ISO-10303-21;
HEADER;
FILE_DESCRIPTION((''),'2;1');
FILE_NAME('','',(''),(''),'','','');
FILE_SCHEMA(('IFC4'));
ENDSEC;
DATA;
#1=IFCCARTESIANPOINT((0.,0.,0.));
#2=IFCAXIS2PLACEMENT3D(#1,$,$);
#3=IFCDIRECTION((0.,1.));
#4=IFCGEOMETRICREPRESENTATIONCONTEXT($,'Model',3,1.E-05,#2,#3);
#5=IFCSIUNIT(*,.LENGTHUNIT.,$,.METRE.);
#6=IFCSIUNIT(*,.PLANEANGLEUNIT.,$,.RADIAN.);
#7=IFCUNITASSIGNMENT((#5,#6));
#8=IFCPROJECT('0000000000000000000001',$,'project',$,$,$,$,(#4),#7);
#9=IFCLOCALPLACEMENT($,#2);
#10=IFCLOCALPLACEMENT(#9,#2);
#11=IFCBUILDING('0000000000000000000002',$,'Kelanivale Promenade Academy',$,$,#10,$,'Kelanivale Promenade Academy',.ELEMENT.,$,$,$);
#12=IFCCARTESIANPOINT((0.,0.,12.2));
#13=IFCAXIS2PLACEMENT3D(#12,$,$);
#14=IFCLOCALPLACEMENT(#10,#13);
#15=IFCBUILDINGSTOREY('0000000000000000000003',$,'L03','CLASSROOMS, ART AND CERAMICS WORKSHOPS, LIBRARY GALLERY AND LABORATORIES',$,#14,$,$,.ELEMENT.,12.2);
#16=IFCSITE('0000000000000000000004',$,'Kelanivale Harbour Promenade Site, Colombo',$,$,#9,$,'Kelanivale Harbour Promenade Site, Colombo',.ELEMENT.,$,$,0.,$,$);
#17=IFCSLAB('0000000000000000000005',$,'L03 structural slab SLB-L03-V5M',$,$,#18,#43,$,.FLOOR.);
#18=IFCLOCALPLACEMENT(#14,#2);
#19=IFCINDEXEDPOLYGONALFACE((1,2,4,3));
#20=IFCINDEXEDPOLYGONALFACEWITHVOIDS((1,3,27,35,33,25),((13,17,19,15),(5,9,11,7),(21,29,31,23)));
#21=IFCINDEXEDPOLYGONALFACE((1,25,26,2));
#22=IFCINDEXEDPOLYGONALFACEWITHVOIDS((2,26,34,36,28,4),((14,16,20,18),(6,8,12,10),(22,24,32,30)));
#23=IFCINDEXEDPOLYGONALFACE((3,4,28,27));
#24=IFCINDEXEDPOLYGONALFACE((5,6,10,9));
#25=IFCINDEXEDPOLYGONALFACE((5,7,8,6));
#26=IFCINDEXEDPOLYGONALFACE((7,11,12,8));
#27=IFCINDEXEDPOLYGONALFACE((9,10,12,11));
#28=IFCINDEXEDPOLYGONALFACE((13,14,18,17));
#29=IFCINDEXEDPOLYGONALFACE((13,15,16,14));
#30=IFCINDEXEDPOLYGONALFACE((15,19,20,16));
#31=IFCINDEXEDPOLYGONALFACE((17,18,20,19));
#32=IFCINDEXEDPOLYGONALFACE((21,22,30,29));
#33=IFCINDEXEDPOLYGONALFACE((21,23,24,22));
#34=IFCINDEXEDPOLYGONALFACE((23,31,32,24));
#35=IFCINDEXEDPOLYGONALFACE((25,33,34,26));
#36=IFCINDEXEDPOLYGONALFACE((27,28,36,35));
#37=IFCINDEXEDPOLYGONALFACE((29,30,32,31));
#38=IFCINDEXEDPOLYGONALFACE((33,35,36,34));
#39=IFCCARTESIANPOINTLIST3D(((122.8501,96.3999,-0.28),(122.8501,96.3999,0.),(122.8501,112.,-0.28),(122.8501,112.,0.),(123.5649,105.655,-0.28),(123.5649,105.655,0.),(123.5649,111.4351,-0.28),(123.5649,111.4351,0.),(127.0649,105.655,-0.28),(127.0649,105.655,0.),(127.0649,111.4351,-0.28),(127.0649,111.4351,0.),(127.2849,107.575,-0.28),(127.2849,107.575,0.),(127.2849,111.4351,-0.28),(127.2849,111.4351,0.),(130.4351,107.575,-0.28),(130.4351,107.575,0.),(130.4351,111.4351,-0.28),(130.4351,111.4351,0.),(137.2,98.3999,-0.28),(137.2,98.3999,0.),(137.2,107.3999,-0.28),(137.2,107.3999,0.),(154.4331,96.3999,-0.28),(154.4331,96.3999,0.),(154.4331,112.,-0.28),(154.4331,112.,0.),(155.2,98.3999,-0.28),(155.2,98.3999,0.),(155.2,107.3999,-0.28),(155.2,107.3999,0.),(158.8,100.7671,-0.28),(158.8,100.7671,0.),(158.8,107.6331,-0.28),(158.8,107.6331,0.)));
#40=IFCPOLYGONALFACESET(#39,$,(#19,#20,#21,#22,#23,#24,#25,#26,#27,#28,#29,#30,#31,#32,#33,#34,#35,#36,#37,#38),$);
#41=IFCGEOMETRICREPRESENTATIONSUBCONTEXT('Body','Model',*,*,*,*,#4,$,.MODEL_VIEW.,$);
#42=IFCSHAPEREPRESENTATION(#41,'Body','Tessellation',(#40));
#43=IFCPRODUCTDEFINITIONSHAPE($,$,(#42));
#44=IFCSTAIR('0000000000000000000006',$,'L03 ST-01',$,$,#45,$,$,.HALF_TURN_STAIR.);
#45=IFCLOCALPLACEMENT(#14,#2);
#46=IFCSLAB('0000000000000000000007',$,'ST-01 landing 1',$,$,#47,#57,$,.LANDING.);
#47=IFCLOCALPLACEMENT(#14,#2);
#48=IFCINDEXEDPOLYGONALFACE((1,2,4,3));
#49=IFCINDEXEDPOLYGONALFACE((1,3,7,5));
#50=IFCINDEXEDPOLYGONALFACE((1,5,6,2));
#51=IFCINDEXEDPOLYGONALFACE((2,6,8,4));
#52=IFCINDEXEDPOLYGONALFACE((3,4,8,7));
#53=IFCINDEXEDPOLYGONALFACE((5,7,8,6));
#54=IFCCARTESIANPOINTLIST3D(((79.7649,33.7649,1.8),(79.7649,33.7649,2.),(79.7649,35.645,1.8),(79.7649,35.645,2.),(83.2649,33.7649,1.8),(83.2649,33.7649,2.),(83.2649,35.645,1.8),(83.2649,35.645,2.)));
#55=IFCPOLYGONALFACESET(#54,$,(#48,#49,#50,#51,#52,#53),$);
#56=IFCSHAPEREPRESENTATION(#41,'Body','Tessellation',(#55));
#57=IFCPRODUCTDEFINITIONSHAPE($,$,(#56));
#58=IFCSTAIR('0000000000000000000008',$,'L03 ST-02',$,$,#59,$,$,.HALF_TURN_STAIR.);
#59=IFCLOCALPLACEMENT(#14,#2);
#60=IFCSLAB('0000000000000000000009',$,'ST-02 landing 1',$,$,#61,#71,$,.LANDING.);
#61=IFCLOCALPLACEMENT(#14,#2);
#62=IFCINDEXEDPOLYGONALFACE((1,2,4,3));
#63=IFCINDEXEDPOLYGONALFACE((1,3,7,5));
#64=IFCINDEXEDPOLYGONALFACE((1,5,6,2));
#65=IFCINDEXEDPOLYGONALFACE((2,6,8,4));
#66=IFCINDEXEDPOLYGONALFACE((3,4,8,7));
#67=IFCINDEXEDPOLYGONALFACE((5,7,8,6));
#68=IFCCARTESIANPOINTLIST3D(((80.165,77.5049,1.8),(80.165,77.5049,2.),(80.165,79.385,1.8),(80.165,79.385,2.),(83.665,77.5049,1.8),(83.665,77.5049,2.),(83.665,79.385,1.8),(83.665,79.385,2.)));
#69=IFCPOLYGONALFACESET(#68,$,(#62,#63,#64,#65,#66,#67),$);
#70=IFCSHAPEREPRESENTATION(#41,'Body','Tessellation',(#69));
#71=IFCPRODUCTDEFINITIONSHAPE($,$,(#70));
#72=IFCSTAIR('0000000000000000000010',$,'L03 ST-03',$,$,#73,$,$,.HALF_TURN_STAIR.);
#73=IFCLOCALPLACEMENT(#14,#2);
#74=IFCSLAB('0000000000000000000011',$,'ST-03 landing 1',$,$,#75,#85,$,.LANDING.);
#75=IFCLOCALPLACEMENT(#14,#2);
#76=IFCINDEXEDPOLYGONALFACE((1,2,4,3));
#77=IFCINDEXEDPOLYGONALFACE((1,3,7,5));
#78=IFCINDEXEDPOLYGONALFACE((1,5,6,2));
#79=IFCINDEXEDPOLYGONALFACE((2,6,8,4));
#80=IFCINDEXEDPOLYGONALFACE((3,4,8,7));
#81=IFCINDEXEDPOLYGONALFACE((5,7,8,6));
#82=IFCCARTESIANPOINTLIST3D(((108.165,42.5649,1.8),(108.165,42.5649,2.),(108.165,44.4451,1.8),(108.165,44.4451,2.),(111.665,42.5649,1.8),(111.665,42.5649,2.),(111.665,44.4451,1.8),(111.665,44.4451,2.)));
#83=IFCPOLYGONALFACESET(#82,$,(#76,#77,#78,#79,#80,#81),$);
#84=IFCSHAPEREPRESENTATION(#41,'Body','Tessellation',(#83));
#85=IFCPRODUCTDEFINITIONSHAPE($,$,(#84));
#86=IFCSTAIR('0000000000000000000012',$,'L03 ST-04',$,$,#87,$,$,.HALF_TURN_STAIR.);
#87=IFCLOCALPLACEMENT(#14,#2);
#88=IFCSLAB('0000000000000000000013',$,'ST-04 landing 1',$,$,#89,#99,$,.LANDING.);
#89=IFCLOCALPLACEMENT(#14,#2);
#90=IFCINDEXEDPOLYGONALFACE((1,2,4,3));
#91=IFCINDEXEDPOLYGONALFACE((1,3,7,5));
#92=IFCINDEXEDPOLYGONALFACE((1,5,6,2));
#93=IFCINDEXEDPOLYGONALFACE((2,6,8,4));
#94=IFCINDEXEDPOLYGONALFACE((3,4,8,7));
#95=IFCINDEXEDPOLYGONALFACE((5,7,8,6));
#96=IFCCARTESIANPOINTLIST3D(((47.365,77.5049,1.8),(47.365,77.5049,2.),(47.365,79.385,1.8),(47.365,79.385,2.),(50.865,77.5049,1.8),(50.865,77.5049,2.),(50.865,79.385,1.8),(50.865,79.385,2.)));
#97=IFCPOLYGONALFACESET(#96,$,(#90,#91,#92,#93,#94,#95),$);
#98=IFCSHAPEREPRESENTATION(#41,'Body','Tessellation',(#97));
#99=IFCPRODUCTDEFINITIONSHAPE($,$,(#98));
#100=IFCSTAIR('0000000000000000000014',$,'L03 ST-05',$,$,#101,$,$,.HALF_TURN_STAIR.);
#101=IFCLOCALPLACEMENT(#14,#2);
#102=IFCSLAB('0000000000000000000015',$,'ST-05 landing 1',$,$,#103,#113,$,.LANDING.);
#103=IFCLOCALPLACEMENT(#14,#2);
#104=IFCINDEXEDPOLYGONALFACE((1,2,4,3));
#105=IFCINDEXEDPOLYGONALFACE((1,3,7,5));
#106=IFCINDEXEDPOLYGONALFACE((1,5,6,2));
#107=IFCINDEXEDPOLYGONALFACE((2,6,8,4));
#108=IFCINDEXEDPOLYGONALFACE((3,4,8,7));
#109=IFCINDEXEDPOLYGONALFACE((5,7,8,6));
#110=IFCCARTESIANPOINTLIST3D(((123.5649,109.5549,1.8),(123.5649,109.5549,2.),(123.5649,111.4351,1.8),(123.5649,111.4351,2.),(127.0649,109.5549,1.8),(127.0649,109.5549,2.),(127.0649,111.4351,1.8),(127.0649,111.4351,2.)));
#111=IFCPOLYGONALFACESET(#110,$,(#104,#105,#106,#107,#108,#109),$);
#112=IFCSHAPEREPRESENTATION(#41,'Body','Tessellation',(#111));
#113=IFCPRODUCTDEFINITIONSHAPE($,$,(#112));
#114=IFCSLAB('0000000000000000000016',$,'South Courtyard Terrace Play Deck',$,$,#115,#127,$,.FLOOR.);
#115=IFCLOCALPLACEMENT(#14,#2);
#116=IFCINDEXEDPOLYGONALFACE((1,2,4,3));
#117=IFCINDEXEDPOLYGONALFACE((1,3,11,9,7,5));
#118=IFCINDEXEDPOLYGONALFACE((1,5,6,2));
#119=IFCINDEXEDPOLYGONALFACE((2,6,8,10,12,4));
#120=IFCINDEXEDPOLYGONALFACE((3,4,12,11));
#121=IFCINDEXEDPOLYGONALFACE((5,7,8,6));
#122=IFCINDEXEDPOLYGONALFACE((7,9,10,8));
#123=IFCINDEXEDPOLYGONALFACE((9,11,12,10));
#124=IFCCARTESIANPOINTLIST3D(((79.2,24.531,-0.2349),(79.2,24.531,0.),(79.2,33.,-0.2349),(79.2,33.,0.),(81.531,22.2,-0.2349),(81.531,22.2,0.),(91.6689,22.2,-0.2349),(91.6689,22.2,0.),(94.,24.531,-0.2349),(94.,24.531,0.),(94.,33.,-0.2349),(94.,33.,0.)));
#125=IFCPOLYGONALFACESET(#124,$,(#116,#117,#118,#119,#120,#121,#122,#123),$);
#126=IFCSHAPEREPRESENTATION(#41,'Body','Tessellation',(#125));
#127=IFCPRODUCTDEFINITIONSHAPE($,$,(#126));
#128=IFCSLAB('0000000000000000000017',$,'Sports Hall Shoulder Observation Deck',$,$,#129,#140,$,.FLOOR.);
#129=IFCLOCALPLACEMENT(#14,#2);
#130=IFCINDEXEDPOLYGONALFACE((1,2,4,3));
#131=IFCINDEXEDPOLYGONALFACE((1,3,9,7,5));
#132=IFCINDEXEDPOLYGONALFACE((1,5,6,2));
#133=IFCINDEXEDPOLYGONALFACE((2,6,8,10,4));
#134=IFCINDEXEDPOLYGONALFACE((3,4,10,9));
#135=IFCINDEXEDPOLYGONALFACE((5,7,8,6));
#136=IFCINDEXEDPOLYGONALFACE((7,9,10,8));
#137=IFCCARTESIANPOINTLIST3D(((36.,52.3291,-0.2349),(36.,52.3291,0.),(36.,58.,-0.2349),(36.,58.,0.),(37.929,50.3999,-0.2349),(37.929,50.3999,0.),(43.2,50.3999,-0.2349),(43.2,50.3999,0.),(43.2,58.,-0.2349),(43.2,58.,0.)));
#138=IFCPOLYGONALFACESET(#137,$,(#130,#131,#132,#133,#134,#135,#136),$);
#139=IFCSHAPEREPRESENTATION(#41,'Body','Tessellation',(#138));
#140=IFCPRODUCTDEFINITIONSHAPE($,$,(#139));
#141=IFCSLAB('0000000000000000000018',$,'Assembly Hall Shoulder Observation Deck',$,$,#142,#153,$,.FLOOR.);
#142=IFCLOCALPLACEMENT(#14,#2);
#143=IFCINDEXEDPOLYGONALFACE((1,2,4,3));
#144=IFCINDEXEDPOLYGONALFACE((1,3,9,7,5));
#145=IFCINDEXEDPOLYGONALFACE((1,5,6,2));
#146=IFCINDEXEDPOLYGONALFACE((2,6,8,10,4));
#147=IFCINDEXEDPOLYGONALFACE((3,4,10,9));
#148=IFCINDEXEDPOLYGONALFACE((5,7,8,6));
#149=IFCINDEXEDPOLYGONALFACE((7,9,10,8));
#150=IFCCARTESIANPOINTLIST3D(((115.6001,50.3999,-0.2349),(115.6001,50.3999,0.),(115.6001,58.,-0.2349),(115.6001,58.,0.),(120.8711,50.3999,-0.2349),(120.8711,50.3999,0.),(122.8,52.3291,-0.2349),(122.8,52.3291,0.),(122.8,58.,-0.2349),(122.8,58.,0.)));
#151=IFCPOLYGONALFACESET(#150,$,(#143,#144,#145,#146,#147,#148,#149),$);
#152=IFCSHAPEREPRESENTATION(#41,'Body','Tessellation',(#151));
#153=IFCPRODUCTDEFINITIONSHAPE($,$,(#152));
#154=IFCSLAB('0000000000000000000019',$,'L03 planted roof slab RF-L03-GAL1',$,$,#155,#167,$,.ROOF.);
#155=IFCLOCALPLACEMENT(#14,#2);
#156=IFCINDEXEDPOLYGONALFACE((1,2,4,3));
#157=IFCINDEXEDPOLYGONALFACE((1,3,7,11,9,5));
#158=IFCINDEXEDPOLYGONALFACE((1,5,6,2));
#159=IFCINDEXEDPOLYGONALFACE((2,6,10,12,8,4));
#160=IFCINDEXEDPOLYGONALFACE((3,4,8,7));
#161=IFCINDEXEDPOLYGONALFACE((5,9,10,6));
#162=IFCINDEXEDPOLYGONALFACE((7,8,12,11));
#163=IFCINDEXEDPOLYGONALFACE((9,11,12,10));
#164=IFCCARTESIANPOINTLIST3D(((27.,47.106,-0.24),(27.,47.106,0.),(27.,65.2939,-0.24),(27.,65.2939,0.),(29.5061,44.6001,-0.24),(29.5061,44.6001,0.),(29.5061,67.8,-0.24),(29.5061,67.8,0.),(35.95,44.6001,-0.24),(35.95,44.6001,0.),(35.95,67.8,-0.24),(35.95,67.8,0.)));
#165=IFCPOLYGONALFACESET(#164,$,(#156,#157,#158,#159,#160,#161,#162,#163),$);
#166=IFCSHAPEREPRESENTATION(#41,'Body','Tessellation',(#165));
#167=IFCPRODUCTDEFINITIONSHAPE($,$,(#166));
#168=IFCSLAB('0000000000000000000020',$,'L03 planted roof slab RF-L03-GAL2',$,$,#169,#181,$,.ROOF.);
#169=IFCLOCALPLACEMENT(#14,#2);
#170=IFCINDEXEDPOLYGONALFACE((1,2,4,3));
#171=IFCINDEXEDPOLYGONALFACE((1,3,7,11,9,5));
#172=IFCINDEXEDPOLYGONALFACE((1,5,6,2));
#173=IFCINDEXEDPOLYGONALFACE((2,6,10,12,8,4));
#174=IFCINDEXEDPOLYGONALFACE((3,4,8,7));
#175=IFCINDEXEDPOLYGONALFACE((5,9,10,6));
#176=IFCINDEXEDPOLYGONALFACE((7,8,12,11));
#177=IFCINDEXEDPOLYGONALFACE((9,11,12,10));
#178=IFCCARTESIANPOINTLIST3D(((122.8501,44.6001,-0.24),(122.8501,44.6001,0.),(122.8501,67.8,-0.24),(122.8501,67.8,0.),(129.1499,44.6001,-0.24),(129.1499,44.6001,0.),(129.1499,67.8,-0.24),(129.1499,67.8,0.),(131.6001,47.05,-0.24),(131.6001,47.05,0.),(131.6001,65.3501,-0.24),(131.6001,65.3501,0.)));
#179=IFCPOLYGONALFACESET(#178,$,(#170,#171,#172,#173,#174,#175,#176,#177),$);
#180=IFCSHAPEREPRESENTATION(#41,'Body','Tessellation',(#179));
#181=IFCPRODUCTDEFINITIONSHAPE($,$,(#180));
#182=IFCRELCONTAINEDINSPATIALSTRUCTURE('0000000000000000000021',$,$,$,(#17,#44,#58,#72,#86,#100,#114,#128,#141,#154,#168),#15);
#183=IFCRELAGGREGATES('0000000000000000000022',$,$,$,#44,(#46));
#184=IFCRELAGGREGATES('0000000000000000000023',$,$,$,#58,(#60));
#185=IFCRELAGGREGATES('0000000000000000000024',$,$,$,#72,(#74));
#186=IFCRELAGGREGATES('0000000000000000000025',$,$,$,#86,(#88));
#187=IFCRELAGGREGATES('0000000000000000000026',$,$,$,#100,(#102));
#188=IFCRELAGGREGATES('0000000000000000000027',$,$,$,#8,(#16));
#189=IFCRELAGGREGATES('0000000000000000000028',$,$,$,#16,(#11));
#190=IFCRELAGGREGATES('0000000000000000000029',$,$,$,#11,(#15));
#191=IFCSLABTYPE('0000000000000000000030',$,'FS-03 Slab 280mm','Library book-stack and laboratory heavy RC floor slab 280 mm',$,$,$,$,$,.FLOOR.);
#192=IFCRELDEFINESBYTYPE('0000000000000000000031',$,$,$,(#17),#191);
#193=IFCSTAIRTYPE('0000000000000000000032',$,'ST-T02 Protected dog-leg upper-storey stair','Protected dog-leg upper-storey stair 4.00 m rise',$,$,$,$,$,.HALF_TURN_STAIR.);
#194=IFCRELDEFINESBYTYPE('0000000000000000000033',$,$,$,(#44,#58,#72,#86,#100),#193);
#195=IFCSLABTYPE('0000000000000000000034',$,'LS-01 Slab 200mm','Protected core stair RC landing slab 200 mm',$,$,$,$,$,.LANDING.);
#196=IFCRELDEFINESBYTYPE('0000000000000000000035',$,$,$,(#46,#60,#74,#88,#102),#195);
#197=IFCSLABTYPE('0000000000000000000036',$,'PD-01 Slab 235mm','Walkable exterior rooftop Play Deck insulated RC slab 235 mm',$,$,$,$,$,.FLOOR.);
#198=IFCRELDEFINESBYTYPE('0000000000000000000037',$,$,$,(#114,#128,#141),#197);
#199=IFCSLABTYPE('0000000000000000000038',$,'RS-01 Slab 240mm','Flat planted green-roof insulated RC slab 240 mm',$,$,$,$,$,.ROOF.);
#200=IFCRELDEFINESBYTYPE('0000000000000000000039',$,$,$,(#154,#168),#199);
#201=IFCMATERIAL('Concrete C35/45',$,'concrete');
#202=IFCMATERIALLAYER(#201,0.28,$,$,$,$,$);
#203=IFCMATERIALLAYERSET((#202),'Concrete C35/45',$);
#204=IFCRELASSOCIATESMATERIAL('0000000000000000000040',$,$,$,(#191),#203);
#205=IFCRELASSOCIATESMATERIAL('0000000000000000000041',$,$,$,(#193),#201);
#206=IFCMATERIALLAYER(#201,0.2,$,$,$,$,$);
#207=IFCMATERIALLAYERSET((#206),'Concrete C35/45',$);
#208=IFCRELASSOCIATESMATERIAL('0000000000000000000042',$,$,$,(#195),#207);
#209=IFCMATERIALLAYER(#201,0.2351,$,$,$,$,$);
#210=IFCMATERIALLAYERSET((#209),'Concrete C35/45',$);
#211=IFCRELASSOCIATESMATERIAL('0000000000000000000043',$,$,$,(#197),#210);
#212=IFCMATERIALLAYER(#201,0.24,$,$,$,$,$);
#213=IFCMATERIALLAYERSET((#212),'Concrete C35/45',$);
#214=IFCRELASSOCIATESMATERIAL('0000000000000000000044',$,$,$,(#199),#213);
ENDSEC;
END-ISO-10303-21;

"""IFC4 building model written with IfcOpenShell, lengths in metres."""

from ifc_helpers import new_model, si_unit, direction, frame, origin, place, context, subcontext, project, spatial, polyline, outline, extrude, material, layer, layer_set, type_object, element, aggregate, save


model = new_model("IFC4")

# Units and contexts
model_context = context("Model", 3, precision=1e-05, world=origin(), true_north=direction((0.0, 1.0)))
body_context = subcontext(model_context, "Body", "Model", "MODEL_VIEW")
ifc_project = project(units=[si_unit("LENGTHUNIT", "METRE"), si_unit("PLANEANGLEUNIT", "RADIAN")], contexts=[model_context])

# Site, building, storey
site_placement = place(None, origin())
site = spatial("IfcSite", under=ifc_project, at=site_placement, Name="Kelanivale Harbour Promenade Site, Colombo", LongName="Kelanivale Harbour Promenade Site, Colombo", CompositionType="ELEMENT", RefElevation=0.0)
building_placement = place(site_placement, origin())
building = spatial("IfcBuilding", under=site, at=building_placement, Name="Kelanivale Promenade Academy", LongName="Kelanivale Promenade Academy", CompositionType="ELEMENT")
storey_placement = place(building_placement, frame((0.0, 0.0, 12.2)))
storey = spatial("IfcBuildingStorey", under=building, at=storey_placement, Name="L03", Description="CLASSROOMS, ART AND CERAMICS WORKSHOPS, LIBRARY GALLERY AND LABORATORIES", CompositionType="ELEMENT", Elevation=12.2)

# Slab
ifc_material_1 = material(Name="Concrete C35/45", Category="concrete")
ifc_layer_1 = layer(ifc_material_1, 0.28)
ifc_layer_set_1 = layer_set([ifc_layer_1], Name="Concrete C35/45")
slab_type_1 = type_object("IfcSlabType", Name="FS-03 Slab 280mm", Description="Library book-stack and laboratory heavy RC floor slab 280 mm", PredefinedType="FLOOR", material=ifc_layer_set_1)
slab_1_placement = place(storey_placement, frame((0.0, 0.0, -0.28)))
element("IfcSlab", 1, at=slab_1_placement, inside=storey, type_object=slab_type_1, Name="L03 structural slab SLB-L03-V5M", PredefinedType="FLOOR", context=body_context, shape_type="SweptSolid", body=[
    extrude(outline(polyline([(154.4331, 96.3999), (158.8, 100.7671), (158.8, 107.6331), (154.4331, 112.0), (122.8501, 112.0), (122.8501, 96.3999), (154.4331, 96.3999)]), holes=[polyline([(155.2, 107.3999), (155.2, 98.3999), (137.2, 98.3999), (137.2, 107.3999), (155.2, 107.3999)]), polyline([(130.4351, 107.575), (127.2849, 107.575), (127.2849, 111.4351), (130.4351, 111.4351), (130.4351, 107.575)]), polyline([(123.5649, 105.655), (123.5649, 111.4351), (127.0649, 111.4351), (127.0649, 105.655), (123.5649, 105.655)])]), origin(), (0.0, 0.0, 1.0), 0.28),
])

# Stairs, slabs
stair_type = type_object("IfcStairType", Name="ST-T02 Protected dog-leg upper-storey stair", Description="Protected dog-leg upper-storey stair 4.00 m rise", PredefinedType="HALF_TURN_STAIR", material=ifc_material_1)
stair_1_placement = place(storey_placement, origin())
stair_1 = element("IfcStair", 2, at=stair_1_placement, inside=storey, type_object=stair_type, Name="L03 ST-01", PredefinedType="HALF_TURN_STAIR")
ifc_layer_2 = layer(ifc_material_1, 0.2)
ifc_layer_set_2 = layer_set([ifc_layer_2], Name="Concrete C35/45")
slab_type_2 = type_object("IfcSlabType", Name="LS-01 Slab 200mm", Description="Protected core stair RC landing slab 200 mm", PredefinedType="LANDING", material=ifc_layer_set_2)
slab_2_placement = place(storey_placement, frame((0.0, 0.0, 1.8)))
slab_2 = element("IfcSlab", 3, at=slab_2_placement, type_object=slab_type_2, Name="ST-01 landing 1", PredefinedType="LANDING", context=body_context, shape_type="SweptSolid", body=[
    extrude(outline(polyline([(79.7649, 35.645), (79.7649, 33.7649), (83.2649, 33.7649), (83.2649, 35.645), (79.7649, 35.645)])), origin(), (0.0, 0.0, 1.0), 0.2),
])
aggregate(stair_1, [slab_2])
stair_2_placement = place(storey_placement, origin())
stair_2 = element("IfcStair", 4, at=stair_2_placement, inside=storey, type_object=stair_type, Name="L03 ST-02", PredefinedType="HALF_TURN_STAIR")
slab_3_placement = place(storey_placement, frame((0.0, 0.0, 1.8)))
slab_3 = element("IfcSlab", 5, at=slab_3_placement, type_object=slab_type_2, Name="ST-02 landing 1", PredefinedType="LANDING", context=body_context, shape_type="SweptSolid", body=[
    extrude(outline(polyline([(83.665, 77.5049), (83.665, 79.385), (80.165, 79.385), (80.165, 77.5049), (83.665, 77.5049)])), origin(), (0.0, 0.0, 1.0), 0.2),
])
aggregate(stair_2, [slab_3])
stair_3_placement = place(storey_placement, origin())
stair_3 = element("IfcStair", 6, at=stair_3_placement, inside=storey, type_object=stair_type, Name="L03 ST-03", PredefinedType="HALF_TURN_STAIR")
slab_4_placement = place(storey_placement, frame((0.0, 0.0, 1.8)))
slab_4 = element("IfcSlab", 7, at=slab_4_placement, type_object=slab_type_2, Name="ST-03 landing 1", PredefinedType="LANDING", context=body_context, shape_type="SweptSolid", body=[
    extrude(outline(polyline([(108.165, 44.4451), (108.165, 42.5649), (111.665, 42.5649), (111.665, 44.4451), (108.165, 44.4451)])), origin(), (0.0, 0.0, 1.0), 0.2),
])
aggregate(stair_3, [slab_4])
stair_4_placement = place(storey_placement, origin())
stair_4 = element("IfcStair", 8, at=stair_4_placement, inside=storey, type_object=stair_type, Name="L03 ST-04", PredefinedType="HALF_TURN_STAIR")
slab_5_placement = place(storey_placement, frame((0.0, 0.0, 1.8)))
slab_5 = element("IfcSlab", 9, at=slab_5_placement, type_object=slab_type_2, Name="ST-04 landing 1", PredefinedType="LANDING", context=body_context, shape_type="SweptSolid", body=[
    extrude(outline(polyline([(50.865, 77.5049), (50.865, 79.385), (47.365, 79.385), (47.365, 77.5049), (50.865, 77.5049)])), origin(), (0.0, 0.0, 1.0), 0.2),
])
aggregate(stair_4, [slab_5])
stair_5_placement = place(storey_placement, origin())
stair_5 = element("IfcStair", 10, at=stair_5_placement, inside=storey, type_object=stair_type, Name="L03 ST-05", PredefinedType="HALF_TURN_STAIR")
slab_6_placement = place(storey_placement, frame((0.0, 0.0, 1.8)))
slab_6 = element("IfcSlab", 11, at=slab_6_placement, type_object=slab_type_2, Name="ST-05 landing 1", PredefinedType="LANDING", context=body_context, shape_type="SweptSolid", body=[
    extrude(outline(polyline([(127.0649, 109.5549), (127.0649, 111.4351), (123.5649, 111.4351), (123.5649, 109.5549), (127.0649, 109.5549)])), origin(), (0.0, 0.0, 1.0), 0.2),
])
aggregate(stair_5, [slab_6])

# Slabs
ifc_layer_3 = layer(ifc_material_1, 0.2351)
ifc_layer_set_3 = layer_set([ifc_layer_3], Name="Concrete C35/45")
slab_type_3 = type_object("IfcSlabType", Name="PD-01 Slab 235mm", Description="Walkable exterior rooftop Play Deck insulated RC slab 235 mm", PredefinedType="FLOOR", material=ifc_layer_set_3)
slab_7_placement = place(storey_placement, frame((0.0, 0.0, -0.2349)))
element("IfcSlab", 12, at=slab_7_placement, inside=storey, type_object=slab_type_3, Name="South Courtyard Terrace Play Deck", PredefinedType="FLOOR", context=body_context, shape_type="SweptSolid", body=[
    extrude(outline(polyline([(81.531, 22.2), (91.6689, 22.2), (94.0, 24.531), (94.0, 33.0), (79.2, 33.0), (79.2, 24.531), (81.531, 22.2)])), origin(), (0.0, 0.0, 1.0), 0.2349),
])
slab_8_placement = place(storey_placement, frame((0.0, 0.0, -0.2349)))
element("IfcSlab", 13, at=slab_8_placement, inside=storey, type_object=slab_type_3, Name="Sports Hall Shoulder Observation Deck", PredefinedType="FLOOR", context=body_context, shape_type="SweptSolid", body=[
    extrude(outline(polyline([(37.929, 50.3999), (43.2, 50.3999), (43.2, 58.0), (36.0, 58.0), (36.0, 52.3291), (37.929, 50.3999)])), origin(), (0.0, 0.0, 1.0), 0.2349),
])
slab_9_placement = place(storey_placement, frame((0.0, 0.0, -0.2349)))
element("IfcSlab", 14, at=slab_9_placement, inside=storey, type_object=slab_type_3, Name="Assembly Hall Shoulder Observation Deck", PredefinedType="FLOOR", context=body_context, shape_type="SweptSolid", body=[
    extrude(outline(polyline([(120.8711, 50.3999), (122.8, 52.3291), (122.8, 58.0), (115.6001, 58.0), (115.6001, 50.3999), (120.8711, 50.3999)])), origin(), (0.0, 0.0, 1.0), 0.2349),
])
ifc_layer_4 = layer(ifc_material_1, 0.24)
ifc_layer_set_4 = layer_set([ifc_layer_4], Name="Concrete C35/45")
slab_type_4 = type_object("IfcSlabType", Name="RS-01 Slab 240mm", Description="Flat planted green-roof insulated RC slab 240 mm", PredefinedType="ROOF", material=ifc_layer_set_4)
slab_10_placement = place(storey_placement, frame((0.0, 0.0, -0.24)))
element("IfcSlab", 15, at=slab_10_placement, inside=storey, type_object=slab_type_4, Name="L03 planted roof slab RF-L03-GAL1", PredefinedType="ROOF", context=body_context, shape_type="SweptSolid", body=[
    extrude(outline(polyline([(29.5061, 44.6001), (35.95, 44.6001), (35.95, 67.8), (29.5061, 67.8), (27.0, 65.2939), (27.0, 47.106), (29.5061, 44.6001)])), origin(), (0.0, 0.0, 1.0), 0.24),
])
slab_11_placement = place(storey_placement, frame((0.0, 0.0, -0.24)))
element("IfcSlab", 16, at=slab_11_placement, inside=storey, type_object=slab_type_4, Name="L03 planted roof slab RF-L03-GAL2", PredefinedType="ROOF", context=body_context, shape_type="SweptSolid", body=[
    extrude(outline(polyline([(129.1499, 44.6001), (131.6001, 47.05), (131.6001, 65.3501), (129.1499, 67.8), (122.8501, 67.8), (122.8501, 44.6001), (129.1499, 44.6001)])), origin(), (0.0, 0.0, 1.0), 0.24),
])

save(model, "model.ifc")
